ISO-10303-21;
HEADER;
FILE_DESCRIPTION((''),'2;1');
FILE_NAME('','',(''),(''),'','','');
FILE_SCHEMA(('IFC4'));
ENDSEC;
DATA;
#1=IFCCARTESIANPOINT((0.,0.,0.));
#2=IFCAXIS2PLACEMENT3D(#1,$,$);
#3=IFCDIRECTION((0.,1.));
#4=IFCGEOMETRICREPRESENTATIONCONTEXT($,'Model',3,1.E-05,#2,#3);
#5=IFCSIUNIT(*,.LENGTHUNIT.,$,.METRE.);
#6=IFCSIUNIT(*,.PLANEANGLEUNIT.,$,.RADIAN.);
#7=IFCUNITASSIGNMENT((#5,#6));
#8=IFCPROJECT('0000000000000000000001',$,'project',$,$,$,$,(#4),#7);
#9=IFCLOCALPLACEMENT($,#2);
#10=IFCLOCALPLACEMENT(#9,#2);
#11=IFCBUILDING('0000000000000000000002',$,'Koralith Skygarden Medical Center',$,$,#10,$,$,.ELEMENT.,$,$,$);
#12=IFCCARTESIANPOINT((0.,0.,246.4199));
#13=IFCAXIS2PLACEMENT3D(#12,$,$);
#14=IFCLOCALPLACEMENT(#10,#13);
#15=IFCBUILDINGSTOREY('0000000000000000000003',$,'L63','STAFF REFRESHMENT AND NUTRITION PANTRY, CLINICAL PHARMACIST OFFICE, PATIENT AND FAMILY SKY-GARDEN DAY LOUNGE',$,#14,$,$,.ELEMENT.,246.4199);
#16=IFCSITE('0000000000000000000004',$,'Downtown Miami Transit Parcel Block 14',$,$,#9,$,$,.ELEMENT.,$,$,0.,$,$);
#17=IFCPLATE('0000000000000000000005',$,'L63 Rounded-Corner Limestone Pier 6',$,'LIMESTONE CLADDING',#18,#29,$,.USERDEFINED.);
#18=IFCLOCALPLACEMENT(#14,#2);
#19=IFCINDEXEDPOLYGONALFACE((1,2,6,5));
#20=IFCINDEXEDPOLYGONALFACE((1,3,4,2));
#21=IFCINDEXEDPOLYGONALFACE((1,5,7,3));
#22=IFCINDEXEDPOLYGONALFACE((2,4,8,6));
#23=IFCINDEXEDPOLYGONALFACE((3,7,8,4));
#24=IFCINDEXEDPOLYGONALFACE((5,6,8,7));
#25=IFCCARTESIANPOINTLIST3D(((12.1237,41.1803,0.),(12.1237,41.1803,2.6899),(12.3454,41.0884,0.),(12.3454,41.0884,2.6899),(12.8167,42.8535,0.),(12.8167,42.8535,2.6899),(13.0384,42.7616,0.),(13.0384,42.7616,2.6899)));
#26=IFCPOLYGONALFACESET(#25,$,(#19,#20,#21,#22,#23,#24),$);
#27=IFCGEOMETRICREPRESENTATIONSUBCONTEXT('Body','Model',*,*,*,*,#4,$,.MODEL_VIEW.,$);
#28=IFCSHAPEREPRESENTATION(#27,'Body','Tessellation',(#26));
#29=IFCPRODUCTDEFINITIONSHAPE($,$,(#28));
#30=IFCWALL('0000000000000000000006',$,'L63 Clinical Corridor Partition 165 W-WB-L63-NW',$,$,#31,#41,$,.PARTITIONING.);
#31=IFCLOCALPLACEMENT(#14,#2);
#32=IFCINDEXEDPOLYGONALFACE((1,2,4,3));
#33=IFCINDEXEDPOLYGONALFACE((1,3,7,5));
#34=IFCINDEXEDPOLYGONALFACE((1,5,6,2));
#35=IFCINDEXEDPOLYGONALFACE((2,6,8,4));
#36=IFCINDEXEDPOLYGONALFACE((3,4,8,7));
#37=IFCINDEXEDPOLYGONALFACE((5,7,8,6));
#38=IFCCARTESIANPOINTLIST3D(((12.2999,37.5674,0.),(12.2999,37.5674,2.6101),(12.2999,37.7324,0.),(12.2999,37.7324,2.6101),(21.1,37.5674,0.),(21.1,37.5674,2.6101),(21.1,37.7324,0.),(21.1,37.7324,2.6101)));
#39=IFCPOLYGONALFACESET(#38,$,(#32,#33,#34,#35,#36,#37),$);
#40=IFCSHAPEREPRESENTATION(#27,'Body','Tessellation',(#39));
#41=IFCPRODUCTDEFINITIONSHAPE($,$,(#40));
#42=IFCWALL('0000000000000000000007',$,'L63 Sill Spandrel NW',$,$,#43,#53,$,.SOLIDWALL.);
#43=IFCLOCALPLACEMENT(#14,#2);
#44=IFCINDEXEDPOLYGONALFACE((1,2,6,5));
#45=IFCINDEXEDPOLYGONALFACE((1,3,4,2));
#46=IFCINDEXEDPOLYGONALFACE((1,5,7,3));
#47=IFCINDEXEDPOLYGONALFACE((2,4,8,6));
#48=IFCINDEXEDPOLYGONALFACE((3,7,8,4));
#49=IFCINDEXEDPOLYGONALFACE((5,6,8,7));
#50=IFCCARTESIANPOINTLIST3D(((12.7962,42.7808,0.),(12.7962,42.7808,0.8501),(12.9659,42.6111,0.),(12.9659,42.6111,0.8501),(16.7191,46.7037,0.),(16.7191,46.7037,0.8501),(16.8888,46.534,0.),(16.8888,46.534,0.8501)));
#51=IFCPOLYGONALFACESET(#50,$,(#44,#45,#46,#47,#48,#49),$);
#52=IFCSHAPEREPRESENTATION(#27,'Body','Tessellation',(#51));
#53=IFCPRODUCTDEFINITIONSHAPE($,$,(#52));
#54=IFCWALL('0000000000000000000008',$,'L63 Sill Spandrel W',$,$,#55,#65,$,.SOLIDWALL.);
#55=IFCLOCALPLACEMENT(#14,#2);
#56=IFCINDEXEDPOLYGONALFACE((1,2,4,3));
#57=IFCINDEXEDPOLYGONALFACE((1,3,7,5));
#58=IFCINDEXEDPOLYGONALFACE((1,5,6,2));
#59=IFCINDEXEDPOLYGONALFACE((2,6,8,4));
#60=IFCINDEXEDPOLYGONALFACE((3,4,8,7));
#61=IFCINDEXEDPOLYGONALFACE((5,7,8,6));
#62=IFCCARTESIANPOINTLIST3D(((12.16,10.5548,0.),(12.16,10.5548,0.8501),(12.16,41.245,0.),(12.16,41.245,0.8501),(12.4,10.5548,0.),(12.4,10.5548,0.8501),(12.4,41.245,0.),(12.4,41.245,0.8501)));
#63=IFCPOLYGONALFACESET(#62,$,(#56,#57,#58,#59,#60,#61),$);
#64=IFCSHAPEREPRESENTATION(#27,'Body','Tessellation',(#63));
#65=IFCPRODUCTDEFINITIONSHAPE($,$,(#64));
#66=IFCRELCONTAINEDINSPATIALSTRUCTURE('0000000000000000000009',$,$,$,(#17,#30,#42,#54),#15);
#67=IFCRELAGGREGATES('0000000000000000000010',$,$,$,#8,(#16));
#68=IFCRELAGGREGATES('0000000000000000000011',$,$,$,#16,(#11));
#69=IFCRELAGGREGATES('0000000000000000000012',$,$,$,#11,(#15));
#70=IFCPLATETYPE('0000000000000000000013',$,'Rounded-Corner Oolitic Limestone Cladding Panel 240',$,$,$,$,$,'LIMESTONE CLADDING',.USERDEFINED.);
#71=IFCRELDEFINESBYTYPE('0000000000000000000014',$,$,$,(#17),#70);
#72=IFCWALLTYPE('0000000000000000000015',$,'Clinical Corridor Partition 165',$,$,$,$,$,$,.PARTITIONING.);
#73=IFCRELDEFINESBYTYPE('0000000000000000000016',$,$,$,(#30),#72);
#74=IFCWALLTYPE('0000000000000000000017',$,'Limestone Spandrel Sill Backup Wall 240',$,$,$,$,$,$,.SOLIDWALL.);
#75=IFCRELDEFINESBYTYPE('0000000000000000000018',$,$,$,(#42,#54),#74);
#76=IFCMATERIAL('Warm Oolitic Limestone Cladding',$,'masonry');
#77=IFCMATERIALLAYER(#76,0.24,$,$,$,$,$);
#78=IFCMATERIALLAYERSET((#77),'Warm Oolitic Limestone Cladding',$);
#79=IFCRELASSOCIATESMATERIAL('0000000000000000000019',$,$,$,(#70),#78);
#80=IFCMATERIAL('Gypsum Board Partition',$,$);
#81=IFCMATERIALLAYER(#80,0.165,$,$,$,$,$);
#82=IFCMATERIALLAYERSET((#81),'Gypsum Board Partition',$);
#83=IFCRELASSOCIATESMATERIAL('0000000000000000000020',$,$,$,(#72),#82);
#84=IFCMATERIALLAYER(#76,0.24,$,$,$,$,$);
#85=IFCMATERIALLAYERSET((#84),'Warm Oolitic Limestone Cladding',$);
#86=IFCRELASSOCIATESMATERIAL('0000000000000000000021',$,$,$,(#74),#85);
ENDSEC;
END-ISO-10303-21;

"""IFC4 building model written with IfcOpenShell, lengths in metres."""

from ifc_helpers import new_model, si_unit, direction, frame, frame_2d, origin, origin_2d, place, context, subcontext, project, spatial, rectangle, extrude, material, layer, layer_set, type_object, element, save


model = new_model("IFC4")

# Units and contexts
model_context = context("Model", 3, precision=1e-05, world=origin(), true_north=direction((0.0, 1.0)))
body_context = subcontext(model_context, "Body", "Model", "MODEL_VIEW")
ifc_project = project(units=[si_unit("LENGTHUNIT", "METRE"), si_unit("PLANEANGLEUNIT", "RADIAN")], contexts=[model_context])

# Site, building, storey
site_placement = place(None, origin())
site = spatial("IfcSite", under=ifc_project, at=site_placement, Name="Downtown Miami Transit Parcel Block 14", CompositionType="ELEMENT", RefElevation=0.0)
building_placement = place(site_placement, origin())
building = spatial("IfcBuilding", under=site, at=building_placement, Name="Koralith Skygarden Medical Center", CompositionType="ELEMENT")
storey_placement = place(building_placement, frame((0.0, 0.0, 246.4199)))
storey = spatial("IfcBuildingStorey", under=building, at=storey_placement, Name="L63", Description="STAFF REFRESHMENT AND NUTRITION PANTRY, CLINICAL PHARMACIST OFFICE, PATIENT AND FAMILY SKY-GARDEN DAY LOUNGE", CompositionType="ELEMENT", Elevation=246.4199)

# Plate
ifc_material_1 = material(Name="Warm Oolitic Limestone Cladding", Category="masonry")
ifc_layer_1 = layer(ifc_material_1, 0.24)
ifc_layer_set_1 = layer_set([ifc_layer_1], Name="Warm Oolitic Limestone Cladding")
plate_type_1 = type_object("IfcPlateType", Name="Rounded-Corner Oolitic Limestone Cladding Panel 240", ElementType="LIMESTONE CLADDING", PredefinedType="USERDEFINED", material=ifc_layer_set_1)
for number, where, z_axis, x_axis, name in (
    (1, (12.5811, 41.9709, 0.0), (0.0, 0.0, 1.0), (-0.382671, -0.923885, 0.0), "L63 Rounded-Corner Limestone Pier 6"),
):
    element("IfcPlate", number, at=place(storey_placement, frame(where, z_axis=z_axis, x_axis=x_axis)), inside=storey, type_object=plate_type_1, Name=name, ObjectType="LIMESTONE CLADDING", PredefinedType="USERDEFINED", context=body_context, shape_type="SweptSolid", body=[
        extrude(rectangle(XDim=1.811, YDim=0.24, at=origin_2d()), origin(), (0.0, 0.0, 1.0), 2.6899),
    ])

# Walls
ifc_material_2 = material(Name="Gypsum Board Partition")
ifc_layer_2 = layer(ifc_material_2, 0.165)
ifc_layer_set_2 = layer_set([ifc_layer_2], Name="Gypsum Board Partition")
wall_type_1 = type_object("IfcWallType", Name="Clinical Corridor Partition 165", PredefinedType="PARTITIONING", material=ifc_layer_set_2)
wall_1_placement = place(storey_placement, frame((12.3, 37.6499, 0.0), z_axis=(0.0, 0.0, 1.0), x_axis=(1.0, 0.0, 0.0)))
element("IfcWall", 2, at=wall_1_placement, inside=storey, type_object=wall_type_1, Name="L63 Clinical Corridor Partition 165 W-WB-L63-NW", PredefinedType="PARTITIONING", context=body_context, shape_type="SweptSolid", body=[
    extrude(rectangle(XDim=8.8, YDim=0.165, at=frame_2d((4.3999, 0.0))), origin(), (0.0, 0.0, 1.0), 2.6101),
])
ifc_layer_3 = layer(ifc_material_1, 0.24)
ifc_layer_set_3 = layer_set([ifc_layer_3], Name="Warm Oolitic Limestone Cladding")
wall_type_2 = type_object("IfcWallType", Name="Limestone Spandrel Sill Backup Wall 240", PredefinedType="SOLIDWALL", material=ifc_layer_set_3)
wall_2_placement = place(storey_placement, frame((16.804, 46.6189, 0.0), z_axis=(0.0, 0.0, 1.0), x_axis=(-0.707107, -0.707107, 0.0)))
element("IfcWall", 3, at=wall_2_placement, inside=storey, type_object=wall_type_2, Name="L63 Sill Spandrel NW", PredefinedType="SOLIDWALL", context=body_context, shape_type="SweptSolid", body=[
    extrude(rectangle(XDim=5.5479, YDim=0.24, at=frame_2d((2.7739, 0.0))), origin(), (0.0, 0.0, 1.0), 0.8501),
])
wall_3_placement = place(storey_placement, frame((12.28, 41.2451, 0.0), z_axis=(0.0, 0.0, 1.0), x_axis=(0.0, -1.0, 0.0)))
element("IfcWall", 4, at=wall_3_placement, inside=storey, type_object=wall_type_2, Name="L63 Sill Spandrel W", PredefinedType="SOLIDWALL", context=body_context, shape_type="SweptSolid", body=[
    extrude(rectangle(XDim=30.6902, YDim=0.24, at=frame_2d((15.3452, 0.0))), origin(), (0.0, 0.0, 1.0), 0.8501),
])

save(model, "model.ifc")
